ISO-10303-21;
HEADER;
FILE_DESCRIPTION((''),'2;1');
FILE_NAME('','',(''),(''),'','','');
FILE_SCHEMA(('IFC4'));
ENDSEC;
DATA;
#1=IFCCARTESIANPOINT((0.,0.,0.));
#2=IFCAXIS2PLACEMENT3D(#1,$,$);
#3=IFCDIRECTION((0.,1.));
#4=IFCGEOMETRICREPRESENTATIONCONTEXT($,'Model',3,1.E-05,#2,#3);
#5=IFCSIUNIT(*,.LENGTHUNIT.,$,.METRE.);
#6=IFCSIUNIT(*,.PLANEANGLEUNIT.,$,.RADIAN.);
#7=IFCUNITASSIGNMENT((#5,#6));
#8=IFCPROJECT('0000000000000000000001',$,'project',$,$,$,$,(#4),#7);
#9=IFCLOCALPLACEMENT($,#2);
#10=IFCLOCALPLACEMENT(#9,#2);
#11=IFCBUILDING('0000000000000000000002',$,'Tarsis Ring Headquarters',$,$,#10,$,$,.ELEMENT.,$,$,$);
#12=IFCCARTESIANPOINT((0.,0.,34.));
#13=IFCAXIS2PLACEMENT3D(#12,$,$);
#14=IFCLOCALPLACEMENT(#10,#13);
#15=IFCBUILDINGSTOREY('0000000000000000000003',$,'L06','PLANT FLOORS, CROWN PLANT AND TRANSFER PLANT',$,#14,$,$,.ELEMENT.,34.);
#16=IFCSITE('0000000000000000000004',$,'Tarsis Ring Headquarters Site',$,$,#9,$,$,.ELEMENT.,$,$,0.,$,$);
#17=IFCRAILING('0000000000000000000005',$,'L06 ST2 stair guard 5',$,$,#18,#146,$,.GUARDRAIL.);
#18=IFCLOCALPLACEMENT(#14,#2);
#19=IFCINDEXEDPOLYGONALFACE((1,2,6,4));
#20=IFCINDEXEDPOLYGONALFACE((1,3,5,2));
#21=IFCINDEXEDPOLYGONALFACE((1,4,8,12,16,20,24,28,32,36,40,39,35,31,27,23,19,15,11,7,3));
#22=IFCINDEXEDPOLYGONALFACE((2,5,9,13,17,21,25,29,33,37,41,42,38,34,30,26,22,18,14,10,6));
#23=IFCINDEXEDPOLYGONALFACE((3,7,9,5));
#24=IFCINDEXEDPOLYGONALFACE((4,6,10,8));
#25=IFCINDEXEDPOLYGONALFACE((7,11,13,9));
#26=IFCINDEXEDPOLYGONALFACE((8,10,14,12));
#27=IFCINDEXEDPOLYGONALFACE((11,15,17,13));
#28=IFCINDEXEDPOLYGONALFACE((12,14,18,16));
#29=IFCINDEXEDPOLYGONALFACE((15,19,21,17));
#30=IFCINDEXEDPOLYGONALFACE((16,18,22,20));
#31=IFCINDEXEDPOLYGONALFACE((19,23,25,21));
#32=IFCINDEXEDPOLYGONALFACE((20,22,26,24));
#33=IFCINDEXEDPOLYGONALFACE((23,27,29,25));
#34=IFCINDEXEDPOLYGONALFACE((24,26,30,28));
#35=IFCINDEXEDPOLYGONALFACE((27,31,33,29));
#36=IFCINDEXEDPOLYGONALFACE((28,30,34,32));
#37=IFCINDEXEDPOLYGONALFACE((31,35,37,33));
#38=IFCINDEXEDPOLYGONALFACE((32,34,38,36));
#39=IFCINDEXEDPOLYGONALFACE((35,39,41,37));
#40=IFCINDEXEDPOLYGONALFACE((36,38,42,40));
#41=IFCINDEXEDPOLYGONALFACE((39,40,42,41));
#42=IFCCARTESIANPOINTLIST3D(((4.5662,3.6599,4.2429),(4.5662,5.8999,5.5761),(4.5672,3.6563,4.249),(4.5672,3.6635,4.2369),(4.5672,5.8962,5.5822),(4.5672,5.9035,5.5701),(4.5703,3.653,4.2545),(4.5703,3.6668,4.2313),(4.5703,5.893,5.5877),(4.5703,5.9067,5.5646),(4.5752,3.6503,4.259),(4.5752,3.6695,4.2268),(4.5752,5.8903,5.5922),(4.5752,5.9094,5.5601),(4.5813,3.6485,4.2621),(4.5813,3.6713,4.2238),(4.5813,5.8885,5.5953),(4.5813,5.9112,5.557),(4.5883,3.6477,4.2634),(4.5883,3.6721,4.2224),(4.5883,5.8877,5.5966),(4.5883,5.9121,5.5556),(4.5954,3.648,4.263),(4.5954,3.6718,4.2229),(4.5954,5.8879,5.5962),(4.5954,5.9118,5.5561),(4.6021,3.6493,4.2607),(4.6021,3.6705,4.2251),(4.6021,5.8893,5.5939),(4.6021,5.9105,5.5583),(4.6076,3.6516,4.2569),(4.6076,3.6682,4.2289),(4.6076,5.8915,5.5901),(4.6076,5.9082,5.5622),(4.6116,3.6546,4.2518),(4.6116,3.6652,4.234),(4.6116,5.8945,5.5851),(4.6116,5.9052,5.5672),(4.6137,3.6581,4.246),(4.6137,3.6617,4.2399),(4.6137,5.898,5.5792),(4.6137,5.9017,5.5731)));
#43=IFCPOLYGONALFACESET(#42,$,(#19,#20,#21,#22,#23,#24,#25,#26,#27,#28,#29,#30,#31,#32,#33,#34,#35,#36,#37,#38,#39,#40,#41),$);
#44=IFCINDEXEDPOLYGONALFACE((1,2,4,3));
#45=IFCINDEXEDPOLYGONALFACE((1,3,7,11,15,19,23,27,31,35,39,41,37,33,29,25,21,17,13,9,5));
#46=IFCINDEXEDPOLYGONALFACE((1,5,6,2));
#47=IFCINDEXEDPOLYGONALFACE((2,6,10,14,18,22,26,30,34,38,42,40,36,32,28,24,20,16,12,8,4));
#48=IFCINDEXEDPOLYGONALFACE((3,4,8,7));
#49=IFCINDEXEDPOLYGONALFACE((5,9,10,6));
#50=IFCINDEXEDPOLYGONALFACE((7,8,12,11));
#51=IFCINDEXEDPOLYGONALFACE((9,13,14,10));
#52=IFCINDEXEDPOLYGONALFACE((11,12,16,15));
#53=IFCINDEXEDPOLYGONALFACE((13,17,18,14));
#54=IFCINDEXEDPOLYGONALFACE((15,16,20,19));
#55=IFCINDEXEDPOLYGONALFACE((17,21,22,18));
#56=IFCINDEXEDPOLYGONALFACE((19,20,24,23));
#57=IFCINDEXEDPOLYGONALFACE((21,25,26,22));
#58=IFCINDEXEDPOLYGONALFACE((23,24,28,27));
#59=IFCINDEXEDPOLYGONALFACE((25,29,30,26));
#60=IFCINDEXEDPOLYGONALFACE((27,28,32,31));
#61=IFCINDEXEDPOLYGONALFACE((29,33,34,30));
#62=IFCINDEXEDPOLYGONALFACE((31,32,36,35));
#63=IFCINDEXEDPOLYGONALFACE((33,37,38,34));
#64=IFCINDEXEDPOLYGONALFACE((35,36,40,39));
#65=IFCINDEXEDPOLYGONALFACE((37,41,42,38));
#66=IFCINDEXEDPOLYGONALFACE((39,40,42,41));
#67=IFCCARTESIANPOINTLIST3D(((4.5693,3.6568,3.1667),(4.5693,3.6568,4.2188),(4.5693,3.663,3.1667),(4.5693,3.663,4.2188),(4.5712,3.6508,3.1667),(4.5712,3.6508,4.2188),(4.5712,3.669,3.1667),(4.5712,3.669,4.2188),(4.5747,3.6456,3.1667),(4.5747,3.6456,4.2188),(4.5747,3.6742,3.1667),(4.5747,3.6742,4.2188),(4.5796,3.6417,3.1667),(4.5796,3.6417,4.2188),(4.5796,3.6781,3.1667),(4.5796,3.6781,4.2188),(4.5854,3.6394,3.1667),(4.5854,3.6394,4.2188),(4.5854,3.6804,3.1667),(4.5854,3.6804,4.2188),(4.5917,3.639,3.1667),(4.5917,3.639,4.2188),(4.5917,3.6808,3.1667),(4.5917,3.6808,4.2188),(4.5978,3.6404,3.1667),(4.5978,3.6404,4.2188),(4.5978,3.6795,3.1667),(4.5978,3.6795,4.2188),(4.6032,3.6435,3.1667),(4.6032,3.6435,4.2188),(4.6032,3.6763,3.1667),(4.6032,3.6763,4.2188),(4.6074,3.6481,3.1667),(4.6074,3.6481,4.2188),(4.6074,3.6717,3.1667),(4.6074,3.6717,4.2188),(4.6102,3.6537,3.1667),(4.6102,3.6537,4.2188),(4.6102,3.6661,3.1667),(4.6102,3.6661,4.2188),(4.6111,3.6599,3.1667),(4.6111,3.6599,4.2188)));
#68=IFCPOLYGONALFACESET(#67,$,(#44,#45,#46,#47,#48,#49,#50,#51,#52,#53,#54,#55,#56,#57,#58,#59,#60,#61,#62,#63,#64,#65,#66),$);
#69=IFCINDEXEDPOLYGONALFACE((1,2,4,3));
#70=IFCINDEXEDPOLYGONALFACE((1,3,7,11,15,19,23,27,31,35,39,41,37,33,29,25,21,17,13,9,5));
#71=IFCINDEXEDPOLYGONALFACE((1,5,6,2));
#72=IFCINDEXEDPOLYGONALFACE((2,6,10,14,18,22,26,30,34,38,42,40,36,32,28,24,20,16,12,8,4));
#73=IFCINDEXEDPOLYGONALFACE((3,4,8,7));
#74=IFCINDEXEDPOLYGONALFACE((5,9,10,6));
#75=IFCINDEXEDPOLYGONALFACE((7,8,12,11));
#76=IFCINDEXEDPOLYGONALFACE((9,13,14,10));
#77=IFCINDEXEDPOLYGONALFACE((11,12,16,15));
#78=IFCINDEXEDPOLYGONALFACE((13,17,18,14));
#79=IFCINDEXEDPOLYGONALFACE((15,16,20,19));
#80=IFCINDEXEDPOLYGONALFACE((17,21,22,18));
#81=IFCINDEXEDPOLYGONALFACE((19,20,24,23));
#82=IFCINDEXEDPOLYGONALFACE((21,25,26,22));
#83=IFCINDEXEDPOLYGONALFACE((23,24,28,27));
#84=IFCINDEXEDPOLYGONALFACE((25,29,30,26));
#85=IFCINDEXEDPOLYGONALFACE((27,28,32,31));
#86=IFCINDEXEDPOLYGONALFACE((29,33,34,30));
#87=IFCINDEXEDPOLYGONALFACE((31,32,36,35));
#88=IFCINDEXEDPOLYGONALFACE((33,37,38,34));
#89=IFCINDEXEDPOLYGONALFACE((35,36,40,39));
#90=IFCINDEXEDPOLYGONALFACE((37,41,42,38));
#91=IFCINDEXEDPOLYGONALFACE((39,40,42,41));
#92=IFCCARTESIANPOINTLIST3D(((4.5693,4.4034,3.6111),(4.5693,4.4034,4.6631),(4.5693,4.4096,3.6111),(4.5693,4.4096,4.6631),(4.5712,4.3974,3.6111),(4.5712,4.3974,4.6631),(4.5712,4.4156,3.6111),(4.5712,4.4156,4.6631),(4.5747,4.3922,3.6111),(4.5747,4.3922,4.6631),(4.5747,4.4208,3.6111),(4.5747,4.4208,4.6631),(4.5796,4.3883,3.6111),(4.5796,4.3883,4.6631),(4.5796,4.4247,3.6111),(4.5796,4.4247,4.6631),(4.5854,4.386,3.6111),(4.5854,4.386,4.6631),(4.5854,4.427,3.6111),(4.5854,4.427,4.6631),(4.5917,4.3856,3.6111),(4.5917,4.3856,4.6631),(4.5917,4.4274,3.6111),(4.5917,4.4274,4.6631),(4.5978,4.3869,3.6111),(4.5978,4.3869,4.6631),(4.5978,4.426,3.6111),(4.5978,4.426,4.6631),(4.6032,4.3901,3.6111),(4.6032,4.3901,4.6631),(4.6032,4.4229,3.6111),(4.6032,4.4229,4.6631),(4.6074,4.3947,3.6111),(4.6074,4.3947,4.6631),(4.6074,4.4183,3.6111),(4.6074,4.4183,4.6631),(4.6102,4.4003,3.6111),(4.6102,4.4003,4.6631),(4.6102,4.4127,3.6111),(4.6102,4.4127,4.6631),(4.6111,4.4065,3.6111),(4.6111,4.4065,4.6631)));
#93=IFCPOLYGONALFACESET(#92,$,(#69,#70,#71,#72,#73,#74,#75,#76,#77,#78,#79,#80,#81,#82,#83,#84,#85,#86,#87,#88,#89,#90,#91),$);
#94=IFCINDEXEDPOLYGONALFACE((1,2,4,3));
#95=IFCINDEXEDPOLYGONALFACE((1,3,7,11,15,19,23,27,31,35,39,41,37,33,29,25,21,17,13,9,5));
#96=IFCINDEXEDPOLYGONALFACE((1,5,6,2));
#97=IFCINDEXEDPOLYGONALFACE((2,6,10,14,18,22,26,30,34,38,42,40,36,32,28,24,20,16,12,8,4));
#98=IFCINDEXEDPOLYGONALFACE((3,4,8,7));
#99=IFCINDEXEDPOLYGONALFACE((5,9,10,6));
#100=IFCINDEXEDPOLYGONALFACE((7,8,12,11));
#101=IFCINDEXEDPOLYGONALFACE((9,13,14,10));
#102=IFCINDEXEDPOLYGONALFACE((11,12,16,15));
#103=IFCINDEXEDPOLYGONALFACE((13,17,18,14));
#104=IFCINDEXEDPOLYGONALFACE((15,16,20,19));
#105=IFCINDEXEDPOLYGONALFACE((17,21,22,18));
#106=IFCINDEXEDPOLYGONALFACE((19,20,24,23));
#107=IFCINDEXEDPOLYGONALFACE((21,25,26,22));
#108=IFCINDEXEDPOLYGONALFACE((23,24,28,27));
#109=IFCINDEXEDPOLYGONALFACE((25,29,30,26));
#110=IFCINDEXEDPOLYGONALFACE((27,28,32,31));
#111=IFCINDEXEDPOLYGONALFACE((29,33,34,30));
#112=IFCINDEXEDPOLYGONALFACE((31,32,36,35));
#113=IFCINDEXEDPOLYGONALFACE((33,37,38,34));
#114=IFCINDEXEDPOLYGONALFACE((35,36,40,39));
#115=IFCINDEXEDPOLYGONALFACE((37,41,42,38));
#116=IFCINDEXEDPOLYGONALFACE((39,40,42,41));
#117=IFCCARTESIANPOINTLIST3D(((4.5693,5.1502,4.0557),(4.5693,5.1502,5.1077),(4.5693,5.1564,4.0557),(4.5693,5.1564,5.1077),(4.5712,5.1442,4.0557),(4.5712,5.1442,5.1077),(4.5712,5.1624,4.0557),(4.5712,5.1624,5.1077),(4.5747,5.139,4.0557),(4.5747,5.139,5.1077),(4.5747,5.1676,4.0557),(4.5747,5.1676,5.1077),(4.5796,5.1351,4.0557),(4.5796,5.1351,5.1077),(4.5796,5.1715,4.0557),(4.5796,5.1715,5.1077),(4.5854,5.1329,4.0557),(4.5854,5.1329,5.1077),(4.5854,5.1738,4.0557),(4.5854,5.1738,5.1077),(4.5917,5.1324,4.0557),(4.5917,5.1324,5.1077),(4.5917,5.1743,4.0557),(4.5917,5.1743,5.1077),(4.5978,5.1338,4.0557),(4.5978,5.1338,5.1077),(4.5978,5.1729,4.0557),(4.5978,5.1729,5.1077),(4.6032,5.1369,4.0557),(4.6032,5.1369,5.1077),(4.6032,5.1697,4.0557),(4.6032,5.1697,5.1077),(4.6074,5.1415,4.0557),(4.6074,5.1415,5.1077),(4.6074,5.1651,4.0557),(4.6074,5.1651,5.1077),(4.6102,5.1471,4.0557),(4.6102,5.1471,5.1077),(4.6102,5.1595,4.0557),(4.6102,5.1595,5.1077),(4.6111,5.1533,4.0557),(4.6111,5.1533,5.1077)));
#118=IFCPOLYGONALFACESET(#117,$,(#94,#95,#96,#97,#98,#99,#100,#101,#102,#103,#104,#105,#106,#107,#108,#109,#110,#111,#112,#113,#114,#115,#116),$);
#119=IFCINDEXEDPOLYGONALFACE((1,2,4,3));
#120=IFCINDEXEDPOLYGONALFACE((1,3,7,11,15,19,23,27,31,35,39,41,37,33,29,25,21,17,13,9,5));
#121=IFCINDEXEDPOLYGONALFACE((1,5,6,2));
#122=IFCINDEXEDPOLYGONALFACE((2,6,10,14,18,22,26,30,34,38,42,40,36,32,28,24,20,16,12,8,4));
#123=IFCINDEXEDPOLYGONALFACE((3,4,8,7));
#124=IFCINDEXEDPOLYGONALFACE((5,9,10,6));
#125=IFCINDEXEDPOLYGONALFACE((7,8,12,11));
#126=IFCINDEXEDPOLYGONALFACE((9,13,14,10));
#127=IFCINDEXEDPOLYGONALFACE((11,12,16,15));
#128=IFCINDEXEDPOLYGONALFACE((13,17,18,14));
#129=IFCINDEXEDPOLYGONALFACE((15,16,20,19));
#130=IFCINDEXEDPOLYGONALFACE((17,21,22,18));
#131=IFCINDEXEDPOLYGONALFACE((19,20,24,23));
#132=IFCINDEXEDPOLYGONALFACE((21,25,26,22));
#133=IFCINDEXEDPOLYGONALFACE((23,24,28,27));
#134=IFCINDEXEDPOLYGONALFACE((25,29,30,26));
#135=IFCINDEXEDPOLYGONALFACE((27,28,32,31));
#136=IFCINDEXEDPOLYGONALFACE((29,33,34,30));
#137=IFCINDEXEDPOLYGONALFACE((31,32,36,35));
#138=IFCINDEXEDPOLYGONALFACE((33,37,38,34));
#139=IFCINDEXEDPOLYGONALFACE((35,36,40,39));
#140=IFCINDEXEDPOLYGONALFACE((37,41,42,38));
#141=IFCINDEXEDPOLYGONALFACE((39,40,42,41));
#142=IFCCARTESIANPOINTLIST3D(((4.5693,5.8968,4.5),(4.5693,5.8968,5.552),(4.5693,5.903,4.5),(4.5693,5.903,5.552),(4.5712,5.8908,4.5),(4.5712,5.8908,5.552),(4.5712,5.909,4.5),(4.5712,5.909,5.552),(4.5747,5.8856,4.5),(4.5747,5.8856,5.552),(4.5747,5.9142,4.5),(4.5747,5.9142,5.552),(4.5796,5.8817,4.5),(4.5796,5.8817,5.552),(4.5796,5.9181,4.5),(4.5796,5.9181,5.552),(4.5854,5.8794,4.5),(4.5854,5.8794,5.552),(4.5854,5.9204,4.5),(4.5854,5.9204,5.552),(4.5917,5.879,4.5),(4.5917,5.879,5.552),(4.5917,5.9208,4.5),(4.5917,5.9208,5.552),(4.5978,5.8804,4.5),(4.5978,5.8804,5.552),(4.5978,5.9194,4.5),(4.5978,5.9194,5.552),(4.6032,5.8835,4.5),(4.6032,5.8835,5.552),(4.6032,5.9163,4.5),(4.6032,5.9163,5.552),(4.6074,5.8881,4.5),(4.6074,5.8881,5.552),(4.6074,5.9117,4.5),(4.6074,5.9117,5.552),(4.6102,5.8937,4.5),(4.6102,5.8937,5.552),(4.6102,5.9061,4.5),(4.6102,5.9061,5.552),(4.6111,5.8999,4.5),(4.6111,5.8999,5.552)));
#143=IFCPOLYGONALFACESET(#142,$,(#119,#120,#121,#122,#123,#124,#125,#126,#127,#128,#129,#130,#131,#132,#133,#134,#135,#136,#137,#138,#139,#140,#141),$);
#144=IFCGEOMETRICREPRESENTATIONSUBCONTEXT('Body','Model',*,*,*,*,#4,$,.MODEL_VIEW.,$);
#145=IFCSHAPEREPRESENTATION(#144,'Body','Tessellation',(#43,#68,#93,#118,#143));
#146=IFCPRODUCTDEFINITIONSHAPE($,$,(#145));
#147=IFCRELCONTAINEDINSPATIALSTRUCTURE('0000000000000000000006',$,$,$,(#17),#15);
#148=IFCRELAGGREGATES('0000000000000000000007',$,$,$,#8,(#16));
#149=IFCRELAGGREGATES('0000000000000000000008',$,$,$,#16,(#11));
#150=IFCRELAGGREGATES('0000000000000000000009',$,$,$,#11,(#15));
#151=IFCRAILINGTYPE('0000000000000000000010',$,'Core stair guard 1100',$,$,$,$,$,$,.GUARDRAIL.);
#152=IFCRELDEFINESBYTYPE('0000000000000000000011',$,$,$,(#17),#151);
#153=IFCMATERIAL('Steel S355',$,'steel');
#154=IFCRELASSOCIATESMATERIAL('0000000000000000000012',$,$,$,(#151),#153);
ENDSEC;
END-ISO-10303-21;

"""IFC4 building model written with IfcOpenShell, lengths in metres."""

from ifc_helpers import new_model, si_unit, direction, frame, origin, origin_2d, place, context, subcontext, project, spatial, circle, extrude, material, type_object, element, save


model = new_model("IFC4")

# Units and contexts
model_context = context("Model", 3, precision=1e-05, world=origin(), true_north=direction((0.0, 1.0)))
body_context = subcontext(model_context, "Body", "Model", "MODEL_VIEW")
ifc_project = project(units=[si_unit("LENGTHUNIT", "METRE"), si_unit("PLANEANGLEUNIT", "RADIAN")], contexts=[model_context])

# Site, building, storey
site_placement = place(None, origin())
site = spatial("IfcSite", under=ifc_project, at=site_placement, Name="Tarsis Ring Headquarters Site", CompositionType="ELEMENT", RefElevation=0.0)
building_placement = place(site_placement, origin())
building = spatial("IfcBuilding", under=site, at=building_placement, Name="Tarsis Ring Headquarters", CompositionType="ELEMENT")
storey_placement = place(building_placement, frame((0.0, 0.0, 34.0)))
storey = spatial("IfcBuildingStorey", under=building, at=storey_placement, Name="L06", Description="PLANT FLOORS, CROWN PLANT AND TRANSFER PLANT", CompositionType="ELEMENT", Elevation=34.0)

# Shared definitions
ifc_material_1 = material(Name="Steel S355", Category="steel")

# Railing
railing_type_1 = type_object("IfcRailingType", Name="Core stair guard 1100", PredefinedType="GUARDRAIL", material=ifc_material_1)
railing_1_placement = place(storey_placement, frame((4.5901, 3.6599, 3.1667)))
element("IfcRailing", 1, at=railing_1_placement, inside=storey, type_object=railing_type_1, Name="L06 ST2 stair guard 5", PredefinedType="GUARDRAIL", context=body_context, shape_type="SweptSolid", body=[
    extrude(circle(Radius=0.0239, at=origin_2d()), frame((0.0, 0.0, 1.0762), z_axis=(0.0, 0.859306, 0.511462), x_axis=(-1.0, 0.0, 0.0)), (0.0, 0.0, 1.0), 2.6067),
    extrude(circle(Radius=0.021, at=origin_2d()), origin(), (0.0, 0.0, 1.0), 1.052),
    extrude(circle(Radius=0.021, at=origin_2d()), frame((0.0, 0.7466, 0.4443)), (0.0, 0.0, 1.0), 1.052),
    extrude(circle(Radius=0.021, at=origin_2d()), frame((0.0, 1.4934, 0.8889)), (0.0, 0.0, 1.0), 1.052),
    extrude(circle(Radius=0.021, at=origin_2d()), frame((0.0, 2.24, 1.3333)), (0.0, 0.0, 1.0), 1.052),
])

save(model, "model.ifc")
